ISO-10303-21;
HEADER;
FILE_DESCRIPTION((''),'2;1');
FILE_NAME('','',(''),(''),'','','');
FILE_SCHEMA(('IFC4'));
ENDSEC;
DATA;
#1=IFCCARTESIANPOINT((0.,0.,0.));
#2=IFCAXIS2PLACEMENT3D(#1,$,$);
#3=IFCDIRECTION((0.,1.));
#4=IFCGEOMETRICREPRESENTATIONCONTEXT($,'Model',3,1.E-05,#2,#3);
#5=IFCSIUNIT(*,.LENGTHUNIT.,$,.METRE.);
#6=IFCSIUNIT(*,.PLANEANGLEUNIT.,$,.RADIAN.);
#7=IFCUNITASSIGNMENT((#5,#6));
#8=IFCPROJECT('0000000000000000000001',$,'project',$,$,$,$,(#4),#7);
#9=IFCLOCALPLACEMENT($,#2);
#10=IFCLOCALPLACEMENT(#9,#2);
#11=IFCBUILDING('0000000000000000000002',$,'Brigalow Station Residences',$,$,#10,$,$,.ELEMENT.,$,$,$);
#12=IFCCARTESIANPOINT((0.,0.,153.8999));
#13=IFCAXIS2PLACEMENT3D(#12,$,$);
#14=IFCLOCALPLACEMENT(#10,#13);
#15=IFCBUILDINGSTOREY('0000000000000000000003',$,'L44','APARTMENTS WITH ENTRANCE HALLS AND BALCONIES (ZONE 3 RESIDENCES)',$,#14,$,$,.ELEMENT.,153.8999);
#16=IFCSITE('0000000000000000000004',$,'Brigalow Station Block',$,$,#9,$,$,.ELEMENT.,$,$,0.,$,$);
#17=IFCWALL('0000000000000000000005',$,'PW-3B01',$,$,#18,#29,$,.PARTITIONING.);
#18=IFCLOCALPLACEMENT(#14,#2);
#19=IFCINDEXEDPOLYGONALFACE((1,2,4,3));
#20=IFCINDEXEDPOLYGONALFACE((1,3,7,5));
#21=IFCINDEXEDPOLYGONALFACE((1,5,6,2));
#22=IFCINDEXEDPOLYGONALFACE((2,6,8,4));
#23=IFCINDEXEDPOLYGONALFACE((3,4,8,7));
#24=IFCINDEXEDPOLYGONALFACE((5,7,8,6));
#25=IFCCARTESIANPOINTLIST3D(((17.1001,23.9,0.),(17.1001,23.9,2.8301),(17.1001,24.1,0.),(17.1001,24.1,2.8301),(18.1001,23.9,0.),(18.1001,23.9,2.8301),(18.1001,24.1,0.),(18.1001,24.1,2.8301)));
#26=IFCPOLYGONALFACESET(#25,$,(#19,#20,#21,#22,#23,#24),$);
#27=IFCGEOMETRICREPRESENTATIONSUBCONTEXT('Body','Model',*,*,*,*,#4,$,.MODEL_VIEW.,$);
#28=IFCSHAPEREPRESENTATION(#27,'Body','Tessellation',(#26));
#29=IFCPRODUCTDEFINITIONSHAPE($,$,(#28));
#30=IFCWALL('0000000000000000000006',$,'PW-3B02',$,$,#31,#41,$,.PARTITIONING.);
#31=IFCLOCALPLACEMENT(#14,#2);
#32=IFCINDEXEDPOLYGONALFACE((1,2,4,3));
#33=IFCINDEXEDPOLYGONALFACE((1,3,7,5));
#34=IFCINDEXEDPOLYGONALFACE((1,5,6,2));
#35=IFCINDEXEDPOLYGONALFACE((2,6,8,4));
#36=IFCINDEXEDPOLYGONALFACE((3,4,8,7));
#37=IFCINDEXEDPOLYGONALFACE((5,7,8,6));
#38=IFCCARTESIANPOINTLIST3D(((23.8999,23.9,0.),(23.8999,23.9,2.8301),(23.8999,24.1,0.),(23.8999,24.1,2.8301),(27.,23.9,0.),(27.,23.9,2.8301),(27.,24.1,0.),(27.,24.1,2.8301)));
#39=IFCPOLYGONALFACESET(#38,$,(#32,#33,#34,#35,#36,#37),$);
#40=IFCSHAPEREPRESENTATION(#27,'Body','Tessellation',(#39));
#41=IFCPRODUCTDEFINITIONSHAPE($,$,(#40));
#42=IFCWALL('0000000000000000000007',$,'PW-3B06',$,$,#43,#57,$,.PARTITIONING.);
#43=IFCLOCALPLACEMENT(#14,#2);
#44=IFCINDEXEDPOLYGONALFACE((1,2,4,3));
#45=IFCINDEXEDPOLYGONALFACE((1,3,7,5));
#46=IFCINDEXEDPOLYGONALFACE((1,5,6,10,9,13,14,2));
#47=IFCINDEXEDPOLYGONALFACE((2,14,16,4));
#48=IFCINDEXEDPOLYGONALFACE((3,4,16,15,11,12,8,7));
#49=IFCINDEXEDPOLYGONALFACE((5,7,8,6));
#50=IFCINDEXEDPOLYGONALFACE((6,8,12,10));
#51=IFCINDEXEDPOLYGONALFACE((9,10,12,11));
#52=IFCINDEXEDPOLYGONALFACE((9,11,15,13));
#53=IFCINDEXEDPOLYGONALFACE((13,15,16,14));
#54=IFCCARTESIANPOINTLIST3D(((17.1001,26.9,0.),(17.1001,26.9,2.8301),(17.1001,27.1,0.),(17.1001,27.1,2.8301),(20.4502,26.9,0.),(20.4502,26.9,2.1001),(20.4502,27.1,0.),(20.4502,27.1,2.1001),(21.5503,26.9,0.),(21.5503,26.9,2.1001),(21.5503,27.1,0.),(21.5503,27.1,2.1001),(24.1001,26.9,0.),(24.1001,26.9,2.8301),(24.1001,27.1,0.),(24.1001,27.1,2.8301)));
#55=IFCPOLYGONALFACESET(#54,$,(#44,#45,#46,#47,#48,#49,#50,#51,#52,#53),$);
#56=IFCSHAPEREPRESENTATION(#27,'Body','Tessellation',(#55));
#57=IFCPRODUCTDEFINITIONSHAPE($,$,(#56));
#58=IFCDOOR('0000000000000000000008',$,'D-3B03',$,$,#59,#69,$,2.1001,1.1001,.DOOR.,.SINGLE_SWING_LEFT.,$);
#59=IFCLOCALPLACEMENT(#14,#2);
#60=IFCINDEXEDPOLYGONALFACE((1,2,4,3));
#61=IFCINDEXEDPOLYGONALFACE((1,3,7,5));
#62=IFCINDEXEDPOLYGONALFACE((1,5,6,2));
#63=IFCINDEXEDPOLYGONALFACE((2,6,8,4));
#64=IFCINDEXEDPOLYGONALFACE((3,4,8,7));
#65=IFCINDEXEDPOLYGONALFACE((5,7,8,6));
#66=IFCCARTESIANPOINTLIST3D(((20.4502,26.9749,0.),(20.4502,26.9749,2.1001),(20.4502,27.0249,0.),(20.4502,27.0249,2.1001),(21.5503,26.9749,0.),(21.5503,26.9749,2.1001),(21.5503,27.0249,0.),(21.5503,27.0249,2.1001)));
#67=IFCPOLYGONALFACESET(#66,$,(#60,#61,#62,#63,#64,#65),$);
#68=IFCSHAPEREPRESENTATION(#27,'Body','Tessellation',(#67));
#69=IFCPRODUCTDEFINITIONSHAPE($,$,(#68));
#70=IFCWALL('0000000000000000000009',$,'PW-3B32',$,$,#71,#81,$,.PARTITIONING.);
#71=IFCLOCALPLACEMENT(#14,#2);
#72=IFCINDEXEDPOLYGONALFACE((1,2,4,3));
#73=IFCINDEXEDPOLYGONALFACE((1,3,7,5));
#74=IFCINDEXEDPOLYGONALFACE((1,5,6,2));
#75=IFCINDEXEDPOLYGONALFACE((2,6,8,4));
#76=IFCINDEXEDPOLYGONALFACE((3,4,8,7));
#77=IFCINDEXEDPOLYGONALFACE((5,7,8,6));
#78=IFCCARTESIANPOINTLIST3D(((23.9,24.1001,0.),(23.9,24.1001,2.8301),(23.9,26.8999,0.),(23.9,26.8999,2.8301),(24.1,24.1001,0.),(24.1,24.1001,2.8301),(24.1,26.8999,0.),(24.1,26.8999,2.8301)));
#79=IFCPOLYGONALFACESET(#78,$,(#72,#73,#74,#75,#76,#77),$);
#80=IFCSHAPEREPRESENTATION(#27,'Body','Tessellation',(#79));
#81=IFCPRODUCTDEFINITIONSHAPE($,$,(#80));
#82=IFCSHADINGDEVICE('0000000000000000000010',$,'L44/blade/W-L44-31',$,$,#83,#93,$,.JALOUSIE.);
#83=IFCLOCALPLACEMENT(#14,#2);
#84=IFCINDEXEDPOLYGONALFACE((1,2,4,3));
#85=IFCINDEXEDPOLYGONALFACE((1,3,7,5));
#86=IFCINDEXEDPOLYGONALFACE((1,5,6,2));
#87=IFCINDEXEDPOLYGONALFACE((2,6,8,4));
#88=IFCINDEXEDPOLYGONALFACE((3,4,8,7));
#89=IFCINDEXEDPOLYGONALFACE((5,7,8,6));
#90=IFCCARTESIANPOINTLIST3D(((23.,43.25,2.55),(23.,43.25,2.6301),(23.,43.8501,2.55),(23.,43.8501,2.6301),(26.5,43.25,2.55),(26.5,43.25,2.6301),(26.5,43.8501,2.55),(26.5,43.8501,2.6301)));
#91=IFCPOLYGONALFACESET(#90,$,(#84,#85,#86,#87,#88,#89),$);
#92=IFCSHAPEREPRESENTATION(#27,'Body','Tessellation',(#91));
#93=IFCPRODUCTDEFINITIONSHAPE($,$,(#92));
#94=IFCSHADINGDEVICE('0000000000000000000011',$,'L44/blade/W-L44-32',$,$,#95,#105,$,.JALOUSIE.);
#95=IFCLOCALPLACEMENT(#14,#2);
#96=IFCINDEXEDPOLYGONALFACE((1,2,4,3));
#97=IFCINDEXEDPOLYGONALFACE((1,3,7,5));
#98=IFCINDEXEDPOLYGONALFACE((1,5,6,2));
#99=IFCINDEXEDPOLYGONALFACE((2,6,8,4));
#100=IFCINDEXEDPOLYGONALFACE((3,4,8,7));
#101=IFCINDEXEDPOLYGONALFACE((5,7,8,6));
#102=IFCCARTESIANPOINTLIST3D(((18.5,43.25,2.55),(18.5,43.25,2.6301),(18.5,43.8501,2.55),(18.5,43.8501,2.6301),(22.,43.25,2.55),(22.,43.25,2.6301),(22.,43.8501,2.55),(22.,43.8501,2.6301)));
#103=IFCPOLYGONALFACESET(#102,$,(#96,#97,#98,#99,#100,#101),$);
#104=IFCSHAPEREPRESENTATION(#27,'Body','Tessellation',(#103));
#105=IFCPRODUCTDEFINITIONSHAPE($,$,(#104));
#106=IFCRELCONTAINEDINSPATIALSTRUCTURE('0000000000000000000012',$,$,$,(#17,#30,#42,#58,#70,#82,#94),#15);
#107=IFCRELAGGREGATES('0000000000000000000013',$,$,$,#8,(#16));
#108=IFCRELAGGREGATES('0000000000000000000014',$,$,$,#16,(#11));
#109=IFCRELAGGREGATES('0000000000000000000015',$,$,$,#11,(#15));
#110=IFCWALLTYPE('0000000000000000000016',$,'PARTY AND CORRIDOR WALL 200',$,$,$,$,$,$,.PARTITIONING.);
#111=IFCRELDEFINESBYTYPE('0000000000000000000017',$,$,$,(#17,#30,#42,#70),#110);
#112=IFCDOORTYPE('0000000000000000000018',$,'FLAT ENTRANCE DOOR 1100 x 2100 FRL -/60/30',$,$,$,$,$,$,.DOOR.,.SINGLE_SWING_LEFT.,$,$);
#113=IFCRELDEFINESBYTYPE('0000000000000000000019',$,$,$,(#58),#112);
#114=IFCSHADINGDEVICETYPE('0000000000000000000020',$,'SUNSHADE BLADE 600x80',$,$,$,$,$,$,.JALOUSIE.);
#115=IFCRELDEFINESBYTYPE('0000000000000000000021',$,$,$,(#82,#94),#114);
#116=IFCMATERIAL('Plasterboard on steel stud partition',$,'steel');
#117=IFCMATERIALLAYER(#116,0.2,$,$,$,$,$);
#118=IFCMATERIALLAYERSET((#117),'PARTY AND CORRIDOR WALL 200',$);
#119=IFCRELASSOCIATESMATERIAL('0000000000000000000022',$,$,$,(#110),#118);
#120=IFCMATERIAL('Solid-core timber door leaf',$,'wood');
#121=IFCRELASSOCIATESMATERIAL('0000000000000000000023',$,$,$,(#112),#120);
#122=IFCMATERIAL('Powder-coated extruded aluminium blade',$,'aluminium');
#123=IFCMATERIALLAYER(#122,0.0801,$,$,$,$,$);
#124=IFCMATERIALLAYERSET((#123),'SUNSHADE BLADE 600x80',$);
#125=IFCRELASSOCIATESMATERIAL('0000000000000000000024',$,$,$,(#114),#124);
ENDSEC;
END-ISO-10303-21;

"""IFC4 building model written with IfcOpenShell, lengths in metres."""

from ifc_helpers import new_model, si_unit, direction, frame, frame_2d, origin, origin_2d, place, context, subcontext, project, spatial, rectangle, extrude, material, layer, layer_set, type_object, element, fill, save


model = new_model("IFC4")

# Units and contexts
model_context = context("Model", 3, precision=1e-05, world=origin(), true_north=direction((0.0, 1.0)))
body_context = subcontext(model_context, "Body", "Model", "MODEL_VIEW")
ifc_project = project(units=[si_unit("LENGTHUNIT", "METRE"), si_unit("PLANEANGLEUNIT", "RADIAN")], contexts=[model_context])

# Site, building, storey
site_placement = place(None, origin())
site = spatial("IfcSite", under=ifc_project, at=site_placement, Name="Brigalow Station Block", CompositionType="ELEMENT", RefElevation=0.0)
building_placement = place(site_placement, origin())
building = spatial("IfcBuilding", under=site, at=building_placement, Name="Brigalow Station Residences", CompositionType="ELEMENT")
storey_placement = place(building_placement, frame((0.0, 0.0, 153.8999)))
storey = spatial("IfcBuildingStorey", under=building, at=storey_placement, Name="L44", Description="APARTMENTS WITH ENTRANCE HALLS AND BALCONIES (ZONE 3 RESIDENCES)", CompositionType="ELEMENT", Elevation=153.8999)

# Walls
ifc_material_1 = material(Name="Plasterboard on steel stud partition", Category="steel")
ifc_layer_1 = layer(ifc_material_1, 0.2)
ifc_layer_set_1 = layer_set([ifc_layer_1], Name="PARTY AND CORRIDOR WALL 200")
wall_type_1 = type_object("IfcWallType", Name="PARTY AND CORRIDOR WALL 200", PredefinedType="PARTITIONING", material=ifc_layer_set_1)
wall_1_placement = place(storey_placement, frame((17.1001, 24.0, 0.0), z_axis=(0.0, 0.0, 1.0), x_axis=(1.0, 0.0, 0.0)))
element("IfcWall", 1, at=wall_1_placement, inside=storey, type_object=wall_type_1, Name="PW-3B01", PredefinedType="PARTITIONING", context=body_context, shape_type="SweptSolid", body=[
    extrude(rectangle(XDim=1.0, YDim=0.2, at=frame_2d((0.5, 0.0))), origin(), (0.0, 0.0, 1.0), 2.8301),
])
wall_2_placement = place(storey_placement, frame((23.8999, 24.0, 0.0), z_axis=(0.0, 0.0, 1.0), x_axis=(1.0, 0.0, 0.0)))
element("IfcWall", 2, at=wall_2_placement, inside=storey, type_object=wall_type_1, Name="PW-3B02", PredefinedType="PARTITIONING", context=body_context, shape_type="SweptSolid", body=[
    extrude(rectangle(XDim=3.1001, YDim=0.2, at=frame_2d((1.55, 0.0))), origin(), (0.0, 0.0, 1.0), 2.8301),
])

# Wall, opening, door
wall_3_placement = place(storey_placement, frame((17.1001, 27.0, 0.0), z_axis=(0.0, 0.0, 1.0), x_axis=(1.0, 0.0, 0.0)))
wall_3 = element("IfcWall", 3, at=wall_3_placement, inside=storey, type_object=wall_type_1, Name="PW-3B06", PredefinedType="PARTITIONING", context=body_context, shape_type="SweptSolid", body=[
    extrude(rectangle(XDim=7.0, YDim=0.2, at=frame_2d((3.5, 0.0))), origin(), (0.0, 0.0, 1.0), 2.8301),
])
opening_1_placement = place(wall_3_placement, frame((3.3501, 0.0, 0.0)))
opening_1 = element("IfcOpeningElement", 4, at=opening_1_placement, cuts=wall_3, PredefinedType="OPENING", context=body_context, shape_type="SweptSolid", body=[
    extrude(rectangle(XDim=1.1001, YDim=2.1001, at=frame_2d((0.55, 1.05))), frame((0.0, 0.1099, 0.0), z_axis=(0.0, -1.0, 0.0), x_axis=(1.0, 0.0, 0.0)), (0.0, 0.0, 1.0), 0.22),
])
ifc_material_2 = material(Name="Solid-core timber door leaf", Category="wood")
door_type_1 = type_object("IfcDoorType", Name="FLAT ENTRANCE DOOR 1100 x 2100 FRL -/60/30", OperationType="SINGLE_SWING_LEFT", PredefinedType="DOOR", material=ifc_material_2)
door_1_placement = place(opening_1_placement, origin())
door_1 = element("IfcDoor", 5, at=door_1_placement, inside=storey, type_object=door_type_1, Name="D-3B03", OperationType="SINGLE_SWING_LEFT", OverallHeight=2.1001, OverallWidth=1.1001, PredefinedType="DOOR", context=body_context, shape_type="SweptSolid", body=[
    extrude(rectangle(XDim=1.1001, YDim=2.1001, at=frame_2d((0.55, 1.05))), frame((0.0, 0.0249, 0.0), z_axis=(0.0, -1.0, 0.0), x_axis=(1.0, 0.0, 0.0)), (0.0, 0.0, 1.0), 0.05),
])
fill(opening_1, door_1)

# Wall
wall_4_placement = place(storey_placement, frame((24.0, 24.1001, 0.0), z_axis=(0.0, 0.0, 1.0), x_axis=(0.0, 1.0, 0.0)))
element("IfcWall", 6, at=wall_4_placement, inside=storey, type_object=wall_type_1, Name="PW-3B32", PredefinedType="PARTITIONING", context=body_context, shape_type="SweptSolid", body=[
    extrude(rectangle(XDim=2.7998, YDim=0.2, at=frame_2d((1.3999, 0.0))), origin(), (0.0, 0.0, 1.0), 2.8301),
])

# Shading devices
ifc_material_3 = material(Name="Powder-coated extruded aluminium blade", Category="aluminium")
ifc_layer_2 = layer(ifc_material_3, 0.0801)
ifc_layer_set_2 = layer_set([ifc_layer_2], Name="SUNSHADE BLADE 600x80")
shading_device_type = type_object("IfcShadingDeviceType", Name="SUNSHADE BLADE 600x80", PredefinedType="JALOUSIE", material=ifc_layer_set_2)
for number, where, z_axis, x_axis, name in (
    (7, (24.75, 43.55, 2.55), (0.0, 0.0, 1.0), (-1.0, 0.0, 0.0), "L44/blade/W-L44-31"),
    (8, (20.25, 43.55, 2.55), (0.0, 0.0, 1.0), (-1.0, 0.0, 0.0), "L44/blade/W-L44-32"),
):
    element("IfcShadingDevice", number, at=place(storey_placement, frame(where, z_axis=z_axis, x_axis=x_axis)), inside=storey, type_object=shading_device_type, Name=name, PredefinedType="JALOUSIE", context=body_context, shape_type="SweptSolid", body=[
        extrude(rectangle(XDim=3.5, YDim=0.6001, at=origin_2d()), origin(), (0.0, 0.0, 1.0), 0.0801),
    ])

save(model, "model.ifc")
